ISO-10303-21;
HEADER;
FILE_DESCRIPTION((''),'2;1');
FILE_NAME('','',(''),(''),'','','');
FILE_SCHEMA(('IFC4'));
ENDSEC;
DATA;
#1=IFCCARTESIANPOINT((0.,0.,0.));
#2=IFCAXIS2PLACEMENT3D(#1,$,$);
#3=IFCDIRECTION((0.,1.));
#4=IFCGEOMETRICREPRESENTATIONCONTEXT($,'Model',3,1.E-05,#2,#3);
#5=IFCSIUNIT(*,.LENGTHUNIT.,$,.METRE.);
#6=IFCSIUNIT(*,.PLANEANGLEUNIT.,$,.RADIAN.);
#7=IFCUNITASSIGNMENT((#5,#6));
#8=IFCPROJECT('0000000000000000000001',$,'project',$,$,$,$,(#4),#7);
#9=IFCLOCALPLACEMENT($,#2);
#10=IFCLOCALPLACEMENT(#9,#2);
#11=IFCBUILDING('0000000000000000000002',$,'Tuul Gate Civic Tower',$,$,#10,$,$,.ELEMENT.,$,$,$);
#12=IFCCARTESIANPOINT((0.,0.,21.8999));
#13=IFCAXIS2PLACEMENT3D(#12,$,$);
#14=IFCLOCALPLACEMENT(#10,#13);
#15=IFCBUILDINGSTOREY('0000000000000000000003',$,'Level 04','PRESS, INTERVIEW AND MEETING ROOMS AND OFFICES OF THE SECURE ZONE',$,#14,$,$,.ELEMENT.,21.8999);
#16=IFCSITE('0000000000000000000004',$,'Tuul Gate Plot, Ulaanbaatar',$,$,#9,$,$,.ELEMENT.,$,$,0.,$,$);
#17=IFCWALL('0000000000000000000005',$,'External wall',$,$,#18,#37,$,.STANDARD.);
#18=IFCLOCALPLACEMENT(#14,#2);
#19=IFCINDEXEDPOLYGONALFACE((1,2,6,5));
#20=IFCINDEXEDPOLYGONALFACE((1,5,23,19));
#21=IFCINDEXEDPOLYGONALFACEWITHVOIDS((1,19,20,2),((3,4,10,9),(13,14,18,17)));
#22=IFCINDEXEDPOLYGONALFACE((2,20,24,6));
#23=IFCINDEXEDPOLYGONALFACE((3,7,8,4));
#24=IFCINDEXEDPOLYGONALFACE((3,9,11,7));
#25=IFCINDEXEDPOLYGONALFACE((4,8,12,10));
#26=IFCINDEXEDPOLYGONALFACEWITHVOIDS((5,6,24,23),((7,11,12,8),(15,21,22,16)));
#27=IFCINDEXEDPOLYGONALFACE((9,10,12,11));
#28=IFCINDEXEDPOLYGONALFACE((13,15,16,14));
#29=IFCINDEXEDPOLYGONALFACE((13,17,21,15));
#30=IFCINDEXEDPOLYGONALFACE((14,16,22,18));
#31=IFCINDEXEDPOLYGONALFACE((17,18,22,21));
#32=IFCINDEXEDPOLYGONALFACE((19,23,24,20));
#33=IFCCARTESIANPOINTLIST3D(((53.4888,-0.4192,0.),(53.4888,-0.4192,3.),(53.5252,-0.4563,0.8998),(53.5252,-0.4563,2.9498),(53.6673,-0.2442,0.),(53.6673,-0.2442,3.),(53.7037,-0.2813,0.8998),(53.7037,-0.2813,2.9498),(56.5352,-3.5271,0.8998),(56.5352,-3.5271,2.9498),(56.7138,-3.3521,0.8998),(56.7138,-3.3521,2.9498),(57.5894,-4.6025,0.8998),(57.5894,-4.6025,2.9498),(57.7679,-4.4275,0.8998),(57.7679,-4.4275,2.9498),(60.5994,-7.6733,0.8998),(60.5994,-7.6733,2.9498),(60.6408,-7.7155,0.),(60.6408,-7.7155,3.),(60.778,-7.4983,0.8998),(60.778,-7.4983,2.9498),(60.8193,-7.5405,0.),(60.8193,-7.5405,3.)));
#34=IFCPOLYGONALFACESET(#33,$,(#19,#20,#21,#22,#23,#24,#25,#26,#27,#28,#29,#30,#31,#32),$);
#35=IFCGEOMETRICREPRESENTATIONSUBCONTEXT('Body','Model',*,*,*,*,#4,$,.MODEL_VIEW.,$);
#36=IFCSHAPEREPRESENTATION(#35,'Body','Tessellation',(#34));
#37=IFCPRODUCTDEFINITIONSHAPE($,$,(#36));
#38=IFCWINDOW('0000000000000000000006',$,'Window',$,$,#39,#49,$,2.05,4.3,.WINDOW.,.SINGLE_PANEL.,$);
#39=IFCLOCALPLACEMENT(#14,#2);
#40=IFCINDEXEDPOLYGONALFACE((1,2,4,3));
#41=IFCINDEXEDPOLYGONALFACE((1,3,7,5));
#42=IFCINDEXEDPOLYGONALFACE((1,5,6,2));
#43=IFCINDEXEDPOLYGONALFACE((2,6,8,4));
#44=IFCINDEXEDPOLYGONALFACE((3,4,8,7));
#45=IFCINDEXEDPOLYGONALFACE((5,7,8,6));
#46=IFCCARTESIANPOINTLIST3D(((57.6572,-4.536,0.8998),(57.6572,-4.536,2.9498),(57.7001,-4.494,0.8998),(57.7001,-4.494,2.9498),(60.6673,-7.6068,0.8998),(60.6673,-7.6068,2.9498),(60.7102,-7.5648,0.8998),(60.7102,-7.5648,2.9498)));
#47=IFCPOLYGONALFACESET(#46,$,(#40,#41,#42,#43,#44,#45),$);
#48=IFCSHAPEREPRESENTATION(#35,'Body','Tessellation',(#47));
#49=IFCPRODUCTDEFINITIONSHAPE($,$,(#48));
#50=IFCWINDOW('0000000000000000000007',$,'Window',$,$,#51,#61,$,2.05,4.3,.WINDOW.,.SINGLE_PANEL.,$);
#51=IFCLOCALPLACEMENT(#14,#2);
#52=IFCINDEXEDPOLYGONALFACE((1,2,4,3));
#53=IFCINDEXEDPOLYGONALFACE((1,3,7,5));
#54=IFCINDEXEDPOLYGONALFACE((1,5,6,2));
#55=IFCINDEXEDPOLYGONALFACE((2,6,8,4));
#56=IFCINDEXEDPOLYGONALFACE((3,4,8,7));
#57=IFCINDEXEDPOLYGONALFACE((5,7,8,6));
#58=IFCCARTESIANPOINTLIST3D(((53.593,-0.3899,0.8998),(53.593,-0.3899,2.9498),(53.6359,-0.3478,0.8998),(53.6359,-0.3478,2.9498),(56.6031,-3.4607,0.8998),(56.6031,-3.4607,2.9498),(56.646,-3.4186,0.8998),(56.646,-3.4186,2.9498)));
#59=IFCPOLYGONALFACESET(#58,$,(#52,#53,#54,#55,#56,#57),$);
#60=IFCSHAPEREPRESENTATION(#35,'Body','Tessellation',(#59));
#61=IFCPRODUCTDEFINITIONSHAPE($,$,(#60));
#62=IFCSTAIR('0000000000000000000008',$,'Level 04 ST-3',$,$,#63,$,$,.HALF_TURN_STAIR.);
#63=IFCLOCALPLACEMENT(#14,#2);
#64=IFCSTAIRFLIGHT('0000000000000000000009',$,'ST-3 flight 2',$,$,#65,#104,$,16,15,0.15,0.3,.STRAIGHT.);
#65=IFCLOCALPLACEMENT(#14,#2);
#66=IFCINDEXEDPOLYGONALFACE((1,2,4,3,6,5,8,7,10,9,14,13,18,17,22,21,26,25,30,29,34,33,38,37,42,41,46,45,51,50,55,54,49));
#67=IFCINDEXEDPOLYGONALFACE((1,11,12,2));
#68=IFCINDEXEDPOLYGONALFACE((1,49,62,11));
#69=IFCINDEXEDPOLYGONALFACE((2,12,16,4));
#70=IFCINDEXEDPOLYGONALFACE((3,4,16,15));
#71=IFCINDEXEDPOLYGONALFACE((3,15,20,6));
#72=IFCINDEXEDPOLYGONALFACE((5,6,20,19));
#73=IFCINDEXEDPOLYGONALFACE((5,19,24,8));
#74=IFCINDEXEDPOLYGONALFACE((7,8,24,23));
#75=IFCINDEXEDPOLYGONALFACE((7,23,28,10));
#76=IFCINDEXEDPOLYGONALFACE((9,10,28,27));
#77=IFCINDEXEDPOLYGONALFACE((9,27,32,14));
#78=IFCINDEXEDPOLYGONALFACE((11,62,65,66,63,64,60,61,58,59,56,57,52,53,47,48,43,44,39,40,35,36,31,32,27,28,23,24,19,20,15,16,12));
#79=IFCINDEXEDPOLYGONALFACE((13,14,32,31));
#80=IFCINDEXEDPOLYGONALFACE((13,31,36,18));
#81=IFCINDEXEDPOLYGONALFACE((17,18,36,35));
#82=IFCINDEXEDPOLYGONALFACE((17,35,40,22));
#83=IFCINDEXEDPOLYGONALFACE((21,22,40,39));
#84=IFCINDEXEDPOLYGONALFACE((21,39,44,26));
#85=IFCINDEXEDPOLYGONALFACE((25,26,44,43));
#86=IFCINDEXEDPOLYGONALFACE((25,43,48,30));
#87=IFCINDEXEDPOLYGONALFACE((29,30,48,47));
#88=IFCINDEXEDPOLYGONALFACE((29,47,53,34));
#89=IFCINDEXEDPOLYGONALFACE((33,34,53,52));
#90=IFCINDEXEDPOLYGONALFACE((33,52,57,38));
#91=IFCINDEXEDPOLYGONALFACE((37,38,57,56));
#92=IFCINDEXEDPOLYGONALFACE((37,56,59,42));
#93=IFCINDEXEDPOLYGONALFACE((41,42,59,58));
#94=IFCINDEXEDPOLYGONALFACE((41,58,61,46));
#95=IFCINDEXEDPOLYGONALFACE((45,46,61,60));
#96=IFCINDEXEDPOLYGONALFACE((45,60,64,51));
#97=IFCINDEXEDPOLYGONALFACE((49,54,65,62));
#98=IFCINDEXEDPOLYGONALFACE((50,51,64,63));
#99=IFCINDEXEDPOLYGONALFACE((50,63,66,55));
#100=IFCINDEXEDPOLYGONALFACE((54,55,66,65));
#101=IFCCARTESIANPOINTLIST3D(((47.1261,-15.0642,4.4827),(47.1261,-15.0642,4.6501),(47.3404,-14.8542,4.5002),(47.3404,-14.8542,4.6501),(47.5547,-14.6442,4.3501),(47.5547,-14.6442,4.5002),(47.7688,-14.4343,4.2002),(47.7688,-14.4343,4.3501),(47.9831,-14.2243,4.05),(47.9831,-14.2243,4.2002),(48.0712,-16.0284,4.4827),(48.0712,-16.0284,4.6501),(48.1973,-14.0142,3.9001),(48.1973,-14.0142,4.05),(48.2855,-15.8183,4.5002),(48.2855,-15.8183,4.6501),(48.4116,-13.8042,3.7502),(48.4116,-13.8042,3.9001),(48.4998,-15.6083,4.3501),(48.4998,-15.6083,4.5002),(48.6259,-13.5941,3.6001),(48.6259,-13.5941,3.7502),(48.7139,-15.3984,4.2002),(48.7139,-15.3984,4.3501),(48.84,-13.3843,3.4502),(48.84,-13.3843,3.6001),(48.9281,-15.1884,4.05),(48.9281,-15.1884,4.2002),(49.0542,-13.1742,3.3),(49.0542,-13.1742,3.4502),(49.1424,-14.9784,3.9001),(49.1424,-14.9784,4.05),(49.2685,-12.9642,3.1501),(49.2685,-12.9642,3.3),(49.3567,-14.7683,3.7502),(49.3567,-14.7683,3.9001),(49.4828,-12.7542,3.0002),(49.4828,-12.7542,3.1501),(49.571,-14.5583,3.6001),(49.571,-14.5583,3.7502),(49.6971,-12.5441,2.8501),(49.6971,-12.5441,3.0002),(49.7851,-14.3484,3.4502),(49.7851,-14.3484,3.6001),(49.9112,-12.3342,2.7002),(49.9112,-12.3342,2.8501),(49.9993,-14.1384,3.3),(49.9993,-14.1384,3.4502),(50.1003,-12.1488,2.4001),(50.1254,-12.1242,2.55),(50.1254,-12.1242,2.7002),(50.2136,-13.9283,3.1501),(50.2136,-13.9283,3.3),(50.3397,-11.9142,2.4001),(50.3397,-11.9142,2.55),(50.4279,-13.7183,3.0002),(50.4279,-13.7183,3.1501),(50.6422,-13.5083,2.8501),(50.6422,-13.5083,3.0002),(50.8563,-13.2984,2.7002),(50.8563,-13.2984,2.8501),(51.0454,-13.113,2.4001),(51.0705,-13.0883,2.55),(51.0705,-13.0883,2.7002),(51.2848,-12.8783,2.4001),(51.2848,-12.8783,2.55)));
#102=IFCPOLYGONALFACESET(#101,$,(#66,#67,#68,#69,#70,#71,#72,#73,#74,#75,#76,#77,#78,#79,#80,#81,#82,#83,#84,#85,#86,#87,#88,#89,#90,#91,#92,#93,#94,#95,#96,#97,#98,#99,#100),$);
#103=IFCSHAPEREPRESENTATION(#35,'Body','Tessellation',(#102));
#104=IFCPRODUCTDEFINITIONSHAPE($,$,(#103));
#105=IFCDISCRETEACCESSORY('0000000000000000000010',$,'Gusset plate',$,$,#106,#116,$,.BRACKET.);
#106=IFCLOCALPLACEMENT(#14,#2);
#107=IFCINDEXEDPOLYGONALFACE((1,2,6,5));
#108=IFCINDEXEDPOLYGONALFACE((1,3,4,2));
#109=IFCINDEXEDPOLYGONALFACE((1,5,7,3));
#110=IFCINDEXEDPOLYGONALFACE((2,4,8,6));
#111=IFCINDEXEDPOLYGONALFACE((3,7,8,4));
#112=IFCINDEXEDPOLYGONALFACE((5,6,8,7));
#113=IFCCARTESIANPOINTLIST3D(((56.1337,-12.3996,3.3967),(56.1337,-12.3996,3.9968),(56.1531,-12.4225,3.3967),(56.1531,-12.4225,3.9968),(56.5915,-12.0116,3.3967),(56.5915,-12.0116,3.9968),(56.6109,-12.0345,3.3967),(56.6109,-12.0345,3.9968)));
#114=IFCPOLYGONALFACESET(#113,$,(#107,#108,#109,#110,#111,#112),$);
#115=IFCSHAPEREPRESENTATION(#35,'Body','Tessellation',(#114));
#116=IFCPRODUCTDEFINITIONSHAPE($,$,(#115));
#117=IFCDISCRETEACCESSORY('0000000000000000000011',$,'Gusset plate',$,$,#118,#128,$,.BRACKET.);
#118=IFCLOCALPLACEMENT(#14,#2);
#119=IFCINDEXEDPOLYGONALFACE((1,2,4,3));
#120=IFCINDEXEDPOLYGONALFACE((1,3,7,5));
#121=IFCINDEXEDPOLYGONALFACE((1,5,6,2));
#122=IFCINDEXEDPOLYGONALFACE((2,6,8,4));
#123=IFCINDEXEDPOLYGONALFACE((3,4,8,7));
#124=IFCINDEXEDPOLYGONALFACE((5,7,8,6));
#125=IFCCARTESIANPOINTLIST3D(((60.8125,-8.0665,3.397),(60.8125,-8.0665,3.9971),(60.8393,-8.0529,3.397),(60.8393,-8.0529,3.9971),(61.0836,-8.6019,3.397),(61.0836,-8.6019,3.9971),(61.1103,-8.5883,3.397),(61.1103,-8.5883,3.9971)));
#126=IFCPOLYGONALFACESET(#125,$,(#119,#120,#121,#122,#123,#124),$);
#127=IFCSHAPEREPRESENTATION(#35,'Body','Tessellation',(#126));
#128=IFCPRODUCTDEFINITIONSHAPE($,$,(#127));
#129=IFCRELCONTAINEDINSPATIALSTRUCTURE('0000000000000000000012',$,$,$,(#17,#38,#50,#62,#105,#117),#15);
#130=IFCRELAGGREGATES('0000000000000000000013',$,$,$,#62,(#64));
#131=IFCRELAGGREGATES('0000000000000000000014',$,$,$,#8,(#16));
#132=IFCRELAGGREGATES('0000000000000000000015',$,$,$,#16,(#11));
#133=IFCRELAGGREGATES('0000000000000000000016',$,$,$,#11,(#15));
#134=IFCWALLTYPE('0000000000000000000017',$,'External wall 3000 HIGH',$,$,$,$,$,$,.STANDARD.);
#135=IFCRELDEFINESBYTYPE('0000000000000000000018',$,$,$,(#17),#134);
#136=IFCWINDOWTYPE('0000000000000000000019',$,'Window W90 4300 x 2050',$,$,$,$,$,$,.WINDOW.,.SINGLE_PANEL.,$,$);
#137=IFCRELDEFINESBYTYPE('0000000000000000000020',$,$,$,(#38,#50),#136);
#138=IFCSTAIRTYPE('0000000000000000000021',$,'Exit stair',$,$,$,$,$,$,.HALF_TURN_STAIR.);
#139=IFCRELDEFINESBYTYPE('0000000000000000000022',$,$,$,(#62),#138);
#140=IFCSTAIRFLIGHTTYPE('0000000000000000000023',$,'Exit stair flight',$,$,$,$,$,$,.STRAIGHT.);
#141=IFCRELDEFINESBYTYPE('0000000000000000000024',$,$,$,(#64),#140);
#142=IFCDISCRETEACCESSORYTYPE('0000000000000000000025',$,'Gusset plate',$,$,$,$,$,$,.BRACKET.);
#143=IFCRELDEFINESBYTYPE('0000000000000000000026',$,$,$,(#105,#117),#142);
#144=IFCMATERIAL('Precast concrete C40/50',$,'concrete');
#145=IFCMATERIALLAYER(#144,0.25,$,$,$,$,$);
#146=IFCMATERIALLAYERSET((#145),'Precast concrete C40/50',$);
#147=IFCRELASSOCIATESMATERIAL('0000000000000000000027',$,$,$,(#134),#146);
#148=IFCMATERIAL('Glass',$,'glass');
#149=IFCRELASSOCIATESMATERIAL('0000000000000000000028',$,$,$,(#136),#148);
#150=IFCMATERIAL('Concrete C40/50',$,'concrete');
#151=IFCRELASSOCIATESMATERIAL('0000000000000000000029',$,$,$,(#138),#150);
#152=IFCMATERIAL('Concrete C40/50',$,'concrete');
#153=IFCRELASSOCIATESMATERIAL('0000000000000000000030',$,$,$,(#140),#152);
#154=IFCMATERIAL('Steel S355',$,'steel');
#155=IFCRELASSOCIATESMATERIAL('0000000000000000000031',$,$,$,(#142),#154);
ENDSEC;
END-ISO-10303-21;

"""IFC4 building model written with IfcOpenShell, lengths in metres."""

from ifc_helpers import new_model, si_unit, direction, frame, frame_2d, origin, origin_2d, place, context, subcontext, project, spatial, polyline, rectangle, outline, extrude, material, layer, layer_set, type_object, element, fill, aggregate, save


model = new_model("IFC4")

# Units and contexts
model_context = context("Model", 3, precision=1e-05, world=origin(), true_north=direction((0.0, 1.0)))
body_context = subcontext(model_context, "Body", "Model", "MODEL_VIEW")
ifc_project = project(units=[si_unit("LENGTHUNIT", "METRE"), si_unit("PLANEANGLEUNIT", "RADIAN")], contexts=[model_context])

# Site, building, storey
site_placement = place(None, origin())
site = spatial("IfcSite", under=ifc_project, at=site_placement, Name="Tuul Gate Plot, Ulaanbaatar", CompositionType="ELEMENT", RefElevation=0.0)
building_placement = place(site_placement, origin())
building = spatial("IfcBuilding", under=site, at=building_placement, Name="Tuul Gate Civic Tower", CompositionType="ELEMENT")
storey_placement = place(building_placement, frame((0.0, 0.0, 21.8999)))
storey = spatial("IfcBuildingStorey", under=building, at=storey_placement, Name="Level 04", Description="PRESS, INTERVIEW AND MEETING ROOMS AND OFFICES OF THE SECURE ZONE", CompositionType="ELEMENT", Elevation=21.8999)

# Wall, openings, windows
ifc_material_1 = material(Name="Precast concrete C40/50", Category="concrete")
ifc_layer_1 = layer(ifc_material_1, 0.25)
ifc_layer_set_1 = layer_set([ifc_layer_1], Name="Precast concrete C40/50")
wall_type_1 = type_object("IfcWallType", Name="External wall 3000 HIGH", PredefinedType="STANDARD", material=ifc_layer_set_1)
wall_1_placement = place(storey_placement, frame((60.73, -7.6279, 0.0), z_axis=(0.0, 0.0, 1.0), x_axis=(-0.70001, 0.714133, 0.0)))
wall_1 = element("IfcWall", 1, at=wall_1_placement, inside=storey, type_object=wall_type_1, Name="External wall", PredefinedType="STANDARD", context=body_context, shape_type="SweptSolid", body=[
    extrude(rectangle(XDim=10.217, YDim=0.25, at=frame_2d((5.1084, 0.0))), origin(), (0.0, 0.0, 1.0), 3.0),
])
opening_1_placement = place(wall_1_placement, frame((0.0591, 0.0, 0.8999)))
opening_1 = element("IfcOpeningElement", 2, at=opening_1_placement, cuts=wall_1, PredefinedType="OPENING", context=body_context, shape_type="SweptSolid", body=[
    extrude(rectangle(XDim=4.3, YDim=2.05, at=frame_2d((2.1499, 1.0249))), frame((0.0, 0.135, 0.0), z_axis=(0.0, -1.0, 0.0), x_axis=(1.0, 0.0, 0.0)), (0.0, 0.0, 1.0), 0.27),
])
opening_2_placement = place(wall_1_placement, frame((5.865, 0.0, 0.8999)))
opening_2 = element("IfcOpeningElement", 3, at=opening_2_placement, cuts=wall_1, PredefinedType="OPENING", context=body_context, shape_type="SweptSolid", body=[
    extrude(rectangle(XDim=4.3, YDim=2.05, at=frame_2d((2.1499, 1.0249))), frame((0.0, 0.135, 0.0), z_axis=(0.0, -1.0, 0.0), x_axis=(1.0, 0.0, 0.0)), (0.0, 0.0, 1.0), 0.27),
])
ifc_material_2 = material(Name="Glass", Category="glass")
window_type = type_object("IfcWindowType", Name="Window W90 4300 x 2050", PartitioningType="SINGLE_PANEL", PredefinedType="WINDOW", material=ifc_material_2)
window_1_placement = place(opening_1_placement, origin())
window_1 = element("IfcWindow", 4, at=window_1_placement, inside=storey, type_object=window_type, Name="Window", OverallHeight=2.05, OverallWidth=4.3, PartitioningType="SINGLE_PANEL", PredefinedType="WINDOW", context=body_context, shape_type="SweptSolid", body=[
    extrude(rectangle(XDim=4.3, YDim=2.05, at=frame_2d((2.1499, 1.0249))), frame((0.0, 0.03, 0.0), z_axis=(0.0, -1.0, 0.0), x_axis=(1.0, 0.0, 0.0)), (0.0, 0.0, 1.0), 0.0601),
])
fill(opening_1, window_1)
window_2_placement = place(opening_2_placement, origin())
window_2 = element("IfcWindow", 5, at=window_2_placement, inside=storey, type_object=window_type, Name="Window", OverallHeight=2.05, OverallWidth=4.3, PartitioningType="SINGLE_PANEL", PredefinedType="WINDOW", context=body_context, shape_type="SweptSolid", body=[
    extrude(rectangle(XDim=4.3, YDim=2.05, at=frame_2d((2.1499, 1.0249))), frame((0.0, 0.03, 0.0), z_axis=(0.0, -1.0, 0.0), x_axis=(1.0, 0.0, 0.0)), (0.0, 0.0, 1.0), 0.0601),
])
fill(opening_2, window_2)

# Stair, stair flight
ifc_material_3 = material(Name="Concrete C40/50", Category="concrete")
stair_type = type_object("IfcStairType", Name="Exit stair", PredefinedType="HALF_TURN_STAIR", material=ifc_material_3)
stair_placement = place(storey_placement, origin())
stair = element("IfcStair", 6, at=stair_placement, inside=storey, type_object=stair_type, Name="Level 04 ST-3", PredefinedType="HALF_TURN_STAIR")
ifc_material_4 = material(Name="Concrete C40/50", Category="concrete")
stair_flight_type = type_object("IfcStairFlightType", Name="Exit stair flight", PredefinedType="STRAIGHT", material=ifc_material_4)
stair_flight_placement = place(storey_placement, frame((50.8123, -12.3962, 2.4001), z_axis=(0.0, 0.0, 1.0), x_axis=(-0.714127, -0.700016, 0.0)))
stair_flight = element("IfcStairFlight", 7, at=stair_flight_placement, type_object=stair_flight_type, Name="ST-3 flight 2", NumberOfRisers=16, NumberOfTreads=15, PredefinedType="STRAIGHT", RiserHeight=0.15, TreadLength=0.3, context=body_context, shape_type="SweptSolid", body=[
    extrude(outline(polyline([(0.0, 0.0), (0.0, 0.1499), (0.3, 0.1499), (0.3, 0.3), (0.6001, 0.3), (0.6001, 0.45), (0.8999, 0.45), (0.8999, 0.6001), (1.2, 0.6001), (1.2, 0.75), (1.5, 0.75), (1.5, 0.8999), (1.8, 0.8999), (1.8, 1.05), (2.1001, 1.05), (2.1001, 1.2), (2.3999, 1.2), (2.3999, 1.3501), (2.7, 1.3501), (2.7, 1.5), (3.0, 1.5), (3.0, 1.6499), (3.3, 1.6499), (3.3, 1.8), (3.6001, 1.8), (3.6001, 1.95), (3.8999, 1.95), (3.8999, 2.1001), (4.2, 2.1001), (4.2, 2.25), (4.5, 2.25), (4.5, 2.3999), (4.5, 2.0825), (0.3352, 0.0), (0.0, 0.0)])), frame((0.0, 0.675, 0.0), z_axis=(0.0, -1.0, 0.0), x_axis=(1.0, 0.0, 0.0)), (0.0, 0.0, 1.0), 1.3501),
])
aggregate(stair, [stair_flight])

# Discrete accessories
ifc_material_5 = material(Name="Steel S355", Category="steel")
discrete_accessory_type = type_object("IfcDiscreteAccessoryType", Name="Gusset plate", PredefinedType="BRACKET", material=ifc_material_5)
for number, where, z_axis, x_axis, name in (
    (8, (56.3723, -12.217, 3.3967), (0.0, 0.0, 1.0), (0.762835, 0.646593, 0.0), "Gusset plate"),
    (9, (60.9614, -8.3274, 3.397), (0.0, 0.0, 1.0), (0.451669, -0.892185, 0.0), "Gusset plate"),
):
    element("IfcDiscreteAccessory", number, at=place(storey_placement, frame(where, z_axis=z_axis, x_axis=x_axis)), inside=storey, type_object=discrete_accessory_type, Name=name, PredefinedType="BRACKET", context=body_context, shape_type="SweptSolid", body=[
        extrude(rectangle(XDim=0.6001, YDim=0.03, at=origin_2d()), origin(), (0.0, 0.0, 1.0), 0.6001),
    ])

save(model, "model.ifc")
